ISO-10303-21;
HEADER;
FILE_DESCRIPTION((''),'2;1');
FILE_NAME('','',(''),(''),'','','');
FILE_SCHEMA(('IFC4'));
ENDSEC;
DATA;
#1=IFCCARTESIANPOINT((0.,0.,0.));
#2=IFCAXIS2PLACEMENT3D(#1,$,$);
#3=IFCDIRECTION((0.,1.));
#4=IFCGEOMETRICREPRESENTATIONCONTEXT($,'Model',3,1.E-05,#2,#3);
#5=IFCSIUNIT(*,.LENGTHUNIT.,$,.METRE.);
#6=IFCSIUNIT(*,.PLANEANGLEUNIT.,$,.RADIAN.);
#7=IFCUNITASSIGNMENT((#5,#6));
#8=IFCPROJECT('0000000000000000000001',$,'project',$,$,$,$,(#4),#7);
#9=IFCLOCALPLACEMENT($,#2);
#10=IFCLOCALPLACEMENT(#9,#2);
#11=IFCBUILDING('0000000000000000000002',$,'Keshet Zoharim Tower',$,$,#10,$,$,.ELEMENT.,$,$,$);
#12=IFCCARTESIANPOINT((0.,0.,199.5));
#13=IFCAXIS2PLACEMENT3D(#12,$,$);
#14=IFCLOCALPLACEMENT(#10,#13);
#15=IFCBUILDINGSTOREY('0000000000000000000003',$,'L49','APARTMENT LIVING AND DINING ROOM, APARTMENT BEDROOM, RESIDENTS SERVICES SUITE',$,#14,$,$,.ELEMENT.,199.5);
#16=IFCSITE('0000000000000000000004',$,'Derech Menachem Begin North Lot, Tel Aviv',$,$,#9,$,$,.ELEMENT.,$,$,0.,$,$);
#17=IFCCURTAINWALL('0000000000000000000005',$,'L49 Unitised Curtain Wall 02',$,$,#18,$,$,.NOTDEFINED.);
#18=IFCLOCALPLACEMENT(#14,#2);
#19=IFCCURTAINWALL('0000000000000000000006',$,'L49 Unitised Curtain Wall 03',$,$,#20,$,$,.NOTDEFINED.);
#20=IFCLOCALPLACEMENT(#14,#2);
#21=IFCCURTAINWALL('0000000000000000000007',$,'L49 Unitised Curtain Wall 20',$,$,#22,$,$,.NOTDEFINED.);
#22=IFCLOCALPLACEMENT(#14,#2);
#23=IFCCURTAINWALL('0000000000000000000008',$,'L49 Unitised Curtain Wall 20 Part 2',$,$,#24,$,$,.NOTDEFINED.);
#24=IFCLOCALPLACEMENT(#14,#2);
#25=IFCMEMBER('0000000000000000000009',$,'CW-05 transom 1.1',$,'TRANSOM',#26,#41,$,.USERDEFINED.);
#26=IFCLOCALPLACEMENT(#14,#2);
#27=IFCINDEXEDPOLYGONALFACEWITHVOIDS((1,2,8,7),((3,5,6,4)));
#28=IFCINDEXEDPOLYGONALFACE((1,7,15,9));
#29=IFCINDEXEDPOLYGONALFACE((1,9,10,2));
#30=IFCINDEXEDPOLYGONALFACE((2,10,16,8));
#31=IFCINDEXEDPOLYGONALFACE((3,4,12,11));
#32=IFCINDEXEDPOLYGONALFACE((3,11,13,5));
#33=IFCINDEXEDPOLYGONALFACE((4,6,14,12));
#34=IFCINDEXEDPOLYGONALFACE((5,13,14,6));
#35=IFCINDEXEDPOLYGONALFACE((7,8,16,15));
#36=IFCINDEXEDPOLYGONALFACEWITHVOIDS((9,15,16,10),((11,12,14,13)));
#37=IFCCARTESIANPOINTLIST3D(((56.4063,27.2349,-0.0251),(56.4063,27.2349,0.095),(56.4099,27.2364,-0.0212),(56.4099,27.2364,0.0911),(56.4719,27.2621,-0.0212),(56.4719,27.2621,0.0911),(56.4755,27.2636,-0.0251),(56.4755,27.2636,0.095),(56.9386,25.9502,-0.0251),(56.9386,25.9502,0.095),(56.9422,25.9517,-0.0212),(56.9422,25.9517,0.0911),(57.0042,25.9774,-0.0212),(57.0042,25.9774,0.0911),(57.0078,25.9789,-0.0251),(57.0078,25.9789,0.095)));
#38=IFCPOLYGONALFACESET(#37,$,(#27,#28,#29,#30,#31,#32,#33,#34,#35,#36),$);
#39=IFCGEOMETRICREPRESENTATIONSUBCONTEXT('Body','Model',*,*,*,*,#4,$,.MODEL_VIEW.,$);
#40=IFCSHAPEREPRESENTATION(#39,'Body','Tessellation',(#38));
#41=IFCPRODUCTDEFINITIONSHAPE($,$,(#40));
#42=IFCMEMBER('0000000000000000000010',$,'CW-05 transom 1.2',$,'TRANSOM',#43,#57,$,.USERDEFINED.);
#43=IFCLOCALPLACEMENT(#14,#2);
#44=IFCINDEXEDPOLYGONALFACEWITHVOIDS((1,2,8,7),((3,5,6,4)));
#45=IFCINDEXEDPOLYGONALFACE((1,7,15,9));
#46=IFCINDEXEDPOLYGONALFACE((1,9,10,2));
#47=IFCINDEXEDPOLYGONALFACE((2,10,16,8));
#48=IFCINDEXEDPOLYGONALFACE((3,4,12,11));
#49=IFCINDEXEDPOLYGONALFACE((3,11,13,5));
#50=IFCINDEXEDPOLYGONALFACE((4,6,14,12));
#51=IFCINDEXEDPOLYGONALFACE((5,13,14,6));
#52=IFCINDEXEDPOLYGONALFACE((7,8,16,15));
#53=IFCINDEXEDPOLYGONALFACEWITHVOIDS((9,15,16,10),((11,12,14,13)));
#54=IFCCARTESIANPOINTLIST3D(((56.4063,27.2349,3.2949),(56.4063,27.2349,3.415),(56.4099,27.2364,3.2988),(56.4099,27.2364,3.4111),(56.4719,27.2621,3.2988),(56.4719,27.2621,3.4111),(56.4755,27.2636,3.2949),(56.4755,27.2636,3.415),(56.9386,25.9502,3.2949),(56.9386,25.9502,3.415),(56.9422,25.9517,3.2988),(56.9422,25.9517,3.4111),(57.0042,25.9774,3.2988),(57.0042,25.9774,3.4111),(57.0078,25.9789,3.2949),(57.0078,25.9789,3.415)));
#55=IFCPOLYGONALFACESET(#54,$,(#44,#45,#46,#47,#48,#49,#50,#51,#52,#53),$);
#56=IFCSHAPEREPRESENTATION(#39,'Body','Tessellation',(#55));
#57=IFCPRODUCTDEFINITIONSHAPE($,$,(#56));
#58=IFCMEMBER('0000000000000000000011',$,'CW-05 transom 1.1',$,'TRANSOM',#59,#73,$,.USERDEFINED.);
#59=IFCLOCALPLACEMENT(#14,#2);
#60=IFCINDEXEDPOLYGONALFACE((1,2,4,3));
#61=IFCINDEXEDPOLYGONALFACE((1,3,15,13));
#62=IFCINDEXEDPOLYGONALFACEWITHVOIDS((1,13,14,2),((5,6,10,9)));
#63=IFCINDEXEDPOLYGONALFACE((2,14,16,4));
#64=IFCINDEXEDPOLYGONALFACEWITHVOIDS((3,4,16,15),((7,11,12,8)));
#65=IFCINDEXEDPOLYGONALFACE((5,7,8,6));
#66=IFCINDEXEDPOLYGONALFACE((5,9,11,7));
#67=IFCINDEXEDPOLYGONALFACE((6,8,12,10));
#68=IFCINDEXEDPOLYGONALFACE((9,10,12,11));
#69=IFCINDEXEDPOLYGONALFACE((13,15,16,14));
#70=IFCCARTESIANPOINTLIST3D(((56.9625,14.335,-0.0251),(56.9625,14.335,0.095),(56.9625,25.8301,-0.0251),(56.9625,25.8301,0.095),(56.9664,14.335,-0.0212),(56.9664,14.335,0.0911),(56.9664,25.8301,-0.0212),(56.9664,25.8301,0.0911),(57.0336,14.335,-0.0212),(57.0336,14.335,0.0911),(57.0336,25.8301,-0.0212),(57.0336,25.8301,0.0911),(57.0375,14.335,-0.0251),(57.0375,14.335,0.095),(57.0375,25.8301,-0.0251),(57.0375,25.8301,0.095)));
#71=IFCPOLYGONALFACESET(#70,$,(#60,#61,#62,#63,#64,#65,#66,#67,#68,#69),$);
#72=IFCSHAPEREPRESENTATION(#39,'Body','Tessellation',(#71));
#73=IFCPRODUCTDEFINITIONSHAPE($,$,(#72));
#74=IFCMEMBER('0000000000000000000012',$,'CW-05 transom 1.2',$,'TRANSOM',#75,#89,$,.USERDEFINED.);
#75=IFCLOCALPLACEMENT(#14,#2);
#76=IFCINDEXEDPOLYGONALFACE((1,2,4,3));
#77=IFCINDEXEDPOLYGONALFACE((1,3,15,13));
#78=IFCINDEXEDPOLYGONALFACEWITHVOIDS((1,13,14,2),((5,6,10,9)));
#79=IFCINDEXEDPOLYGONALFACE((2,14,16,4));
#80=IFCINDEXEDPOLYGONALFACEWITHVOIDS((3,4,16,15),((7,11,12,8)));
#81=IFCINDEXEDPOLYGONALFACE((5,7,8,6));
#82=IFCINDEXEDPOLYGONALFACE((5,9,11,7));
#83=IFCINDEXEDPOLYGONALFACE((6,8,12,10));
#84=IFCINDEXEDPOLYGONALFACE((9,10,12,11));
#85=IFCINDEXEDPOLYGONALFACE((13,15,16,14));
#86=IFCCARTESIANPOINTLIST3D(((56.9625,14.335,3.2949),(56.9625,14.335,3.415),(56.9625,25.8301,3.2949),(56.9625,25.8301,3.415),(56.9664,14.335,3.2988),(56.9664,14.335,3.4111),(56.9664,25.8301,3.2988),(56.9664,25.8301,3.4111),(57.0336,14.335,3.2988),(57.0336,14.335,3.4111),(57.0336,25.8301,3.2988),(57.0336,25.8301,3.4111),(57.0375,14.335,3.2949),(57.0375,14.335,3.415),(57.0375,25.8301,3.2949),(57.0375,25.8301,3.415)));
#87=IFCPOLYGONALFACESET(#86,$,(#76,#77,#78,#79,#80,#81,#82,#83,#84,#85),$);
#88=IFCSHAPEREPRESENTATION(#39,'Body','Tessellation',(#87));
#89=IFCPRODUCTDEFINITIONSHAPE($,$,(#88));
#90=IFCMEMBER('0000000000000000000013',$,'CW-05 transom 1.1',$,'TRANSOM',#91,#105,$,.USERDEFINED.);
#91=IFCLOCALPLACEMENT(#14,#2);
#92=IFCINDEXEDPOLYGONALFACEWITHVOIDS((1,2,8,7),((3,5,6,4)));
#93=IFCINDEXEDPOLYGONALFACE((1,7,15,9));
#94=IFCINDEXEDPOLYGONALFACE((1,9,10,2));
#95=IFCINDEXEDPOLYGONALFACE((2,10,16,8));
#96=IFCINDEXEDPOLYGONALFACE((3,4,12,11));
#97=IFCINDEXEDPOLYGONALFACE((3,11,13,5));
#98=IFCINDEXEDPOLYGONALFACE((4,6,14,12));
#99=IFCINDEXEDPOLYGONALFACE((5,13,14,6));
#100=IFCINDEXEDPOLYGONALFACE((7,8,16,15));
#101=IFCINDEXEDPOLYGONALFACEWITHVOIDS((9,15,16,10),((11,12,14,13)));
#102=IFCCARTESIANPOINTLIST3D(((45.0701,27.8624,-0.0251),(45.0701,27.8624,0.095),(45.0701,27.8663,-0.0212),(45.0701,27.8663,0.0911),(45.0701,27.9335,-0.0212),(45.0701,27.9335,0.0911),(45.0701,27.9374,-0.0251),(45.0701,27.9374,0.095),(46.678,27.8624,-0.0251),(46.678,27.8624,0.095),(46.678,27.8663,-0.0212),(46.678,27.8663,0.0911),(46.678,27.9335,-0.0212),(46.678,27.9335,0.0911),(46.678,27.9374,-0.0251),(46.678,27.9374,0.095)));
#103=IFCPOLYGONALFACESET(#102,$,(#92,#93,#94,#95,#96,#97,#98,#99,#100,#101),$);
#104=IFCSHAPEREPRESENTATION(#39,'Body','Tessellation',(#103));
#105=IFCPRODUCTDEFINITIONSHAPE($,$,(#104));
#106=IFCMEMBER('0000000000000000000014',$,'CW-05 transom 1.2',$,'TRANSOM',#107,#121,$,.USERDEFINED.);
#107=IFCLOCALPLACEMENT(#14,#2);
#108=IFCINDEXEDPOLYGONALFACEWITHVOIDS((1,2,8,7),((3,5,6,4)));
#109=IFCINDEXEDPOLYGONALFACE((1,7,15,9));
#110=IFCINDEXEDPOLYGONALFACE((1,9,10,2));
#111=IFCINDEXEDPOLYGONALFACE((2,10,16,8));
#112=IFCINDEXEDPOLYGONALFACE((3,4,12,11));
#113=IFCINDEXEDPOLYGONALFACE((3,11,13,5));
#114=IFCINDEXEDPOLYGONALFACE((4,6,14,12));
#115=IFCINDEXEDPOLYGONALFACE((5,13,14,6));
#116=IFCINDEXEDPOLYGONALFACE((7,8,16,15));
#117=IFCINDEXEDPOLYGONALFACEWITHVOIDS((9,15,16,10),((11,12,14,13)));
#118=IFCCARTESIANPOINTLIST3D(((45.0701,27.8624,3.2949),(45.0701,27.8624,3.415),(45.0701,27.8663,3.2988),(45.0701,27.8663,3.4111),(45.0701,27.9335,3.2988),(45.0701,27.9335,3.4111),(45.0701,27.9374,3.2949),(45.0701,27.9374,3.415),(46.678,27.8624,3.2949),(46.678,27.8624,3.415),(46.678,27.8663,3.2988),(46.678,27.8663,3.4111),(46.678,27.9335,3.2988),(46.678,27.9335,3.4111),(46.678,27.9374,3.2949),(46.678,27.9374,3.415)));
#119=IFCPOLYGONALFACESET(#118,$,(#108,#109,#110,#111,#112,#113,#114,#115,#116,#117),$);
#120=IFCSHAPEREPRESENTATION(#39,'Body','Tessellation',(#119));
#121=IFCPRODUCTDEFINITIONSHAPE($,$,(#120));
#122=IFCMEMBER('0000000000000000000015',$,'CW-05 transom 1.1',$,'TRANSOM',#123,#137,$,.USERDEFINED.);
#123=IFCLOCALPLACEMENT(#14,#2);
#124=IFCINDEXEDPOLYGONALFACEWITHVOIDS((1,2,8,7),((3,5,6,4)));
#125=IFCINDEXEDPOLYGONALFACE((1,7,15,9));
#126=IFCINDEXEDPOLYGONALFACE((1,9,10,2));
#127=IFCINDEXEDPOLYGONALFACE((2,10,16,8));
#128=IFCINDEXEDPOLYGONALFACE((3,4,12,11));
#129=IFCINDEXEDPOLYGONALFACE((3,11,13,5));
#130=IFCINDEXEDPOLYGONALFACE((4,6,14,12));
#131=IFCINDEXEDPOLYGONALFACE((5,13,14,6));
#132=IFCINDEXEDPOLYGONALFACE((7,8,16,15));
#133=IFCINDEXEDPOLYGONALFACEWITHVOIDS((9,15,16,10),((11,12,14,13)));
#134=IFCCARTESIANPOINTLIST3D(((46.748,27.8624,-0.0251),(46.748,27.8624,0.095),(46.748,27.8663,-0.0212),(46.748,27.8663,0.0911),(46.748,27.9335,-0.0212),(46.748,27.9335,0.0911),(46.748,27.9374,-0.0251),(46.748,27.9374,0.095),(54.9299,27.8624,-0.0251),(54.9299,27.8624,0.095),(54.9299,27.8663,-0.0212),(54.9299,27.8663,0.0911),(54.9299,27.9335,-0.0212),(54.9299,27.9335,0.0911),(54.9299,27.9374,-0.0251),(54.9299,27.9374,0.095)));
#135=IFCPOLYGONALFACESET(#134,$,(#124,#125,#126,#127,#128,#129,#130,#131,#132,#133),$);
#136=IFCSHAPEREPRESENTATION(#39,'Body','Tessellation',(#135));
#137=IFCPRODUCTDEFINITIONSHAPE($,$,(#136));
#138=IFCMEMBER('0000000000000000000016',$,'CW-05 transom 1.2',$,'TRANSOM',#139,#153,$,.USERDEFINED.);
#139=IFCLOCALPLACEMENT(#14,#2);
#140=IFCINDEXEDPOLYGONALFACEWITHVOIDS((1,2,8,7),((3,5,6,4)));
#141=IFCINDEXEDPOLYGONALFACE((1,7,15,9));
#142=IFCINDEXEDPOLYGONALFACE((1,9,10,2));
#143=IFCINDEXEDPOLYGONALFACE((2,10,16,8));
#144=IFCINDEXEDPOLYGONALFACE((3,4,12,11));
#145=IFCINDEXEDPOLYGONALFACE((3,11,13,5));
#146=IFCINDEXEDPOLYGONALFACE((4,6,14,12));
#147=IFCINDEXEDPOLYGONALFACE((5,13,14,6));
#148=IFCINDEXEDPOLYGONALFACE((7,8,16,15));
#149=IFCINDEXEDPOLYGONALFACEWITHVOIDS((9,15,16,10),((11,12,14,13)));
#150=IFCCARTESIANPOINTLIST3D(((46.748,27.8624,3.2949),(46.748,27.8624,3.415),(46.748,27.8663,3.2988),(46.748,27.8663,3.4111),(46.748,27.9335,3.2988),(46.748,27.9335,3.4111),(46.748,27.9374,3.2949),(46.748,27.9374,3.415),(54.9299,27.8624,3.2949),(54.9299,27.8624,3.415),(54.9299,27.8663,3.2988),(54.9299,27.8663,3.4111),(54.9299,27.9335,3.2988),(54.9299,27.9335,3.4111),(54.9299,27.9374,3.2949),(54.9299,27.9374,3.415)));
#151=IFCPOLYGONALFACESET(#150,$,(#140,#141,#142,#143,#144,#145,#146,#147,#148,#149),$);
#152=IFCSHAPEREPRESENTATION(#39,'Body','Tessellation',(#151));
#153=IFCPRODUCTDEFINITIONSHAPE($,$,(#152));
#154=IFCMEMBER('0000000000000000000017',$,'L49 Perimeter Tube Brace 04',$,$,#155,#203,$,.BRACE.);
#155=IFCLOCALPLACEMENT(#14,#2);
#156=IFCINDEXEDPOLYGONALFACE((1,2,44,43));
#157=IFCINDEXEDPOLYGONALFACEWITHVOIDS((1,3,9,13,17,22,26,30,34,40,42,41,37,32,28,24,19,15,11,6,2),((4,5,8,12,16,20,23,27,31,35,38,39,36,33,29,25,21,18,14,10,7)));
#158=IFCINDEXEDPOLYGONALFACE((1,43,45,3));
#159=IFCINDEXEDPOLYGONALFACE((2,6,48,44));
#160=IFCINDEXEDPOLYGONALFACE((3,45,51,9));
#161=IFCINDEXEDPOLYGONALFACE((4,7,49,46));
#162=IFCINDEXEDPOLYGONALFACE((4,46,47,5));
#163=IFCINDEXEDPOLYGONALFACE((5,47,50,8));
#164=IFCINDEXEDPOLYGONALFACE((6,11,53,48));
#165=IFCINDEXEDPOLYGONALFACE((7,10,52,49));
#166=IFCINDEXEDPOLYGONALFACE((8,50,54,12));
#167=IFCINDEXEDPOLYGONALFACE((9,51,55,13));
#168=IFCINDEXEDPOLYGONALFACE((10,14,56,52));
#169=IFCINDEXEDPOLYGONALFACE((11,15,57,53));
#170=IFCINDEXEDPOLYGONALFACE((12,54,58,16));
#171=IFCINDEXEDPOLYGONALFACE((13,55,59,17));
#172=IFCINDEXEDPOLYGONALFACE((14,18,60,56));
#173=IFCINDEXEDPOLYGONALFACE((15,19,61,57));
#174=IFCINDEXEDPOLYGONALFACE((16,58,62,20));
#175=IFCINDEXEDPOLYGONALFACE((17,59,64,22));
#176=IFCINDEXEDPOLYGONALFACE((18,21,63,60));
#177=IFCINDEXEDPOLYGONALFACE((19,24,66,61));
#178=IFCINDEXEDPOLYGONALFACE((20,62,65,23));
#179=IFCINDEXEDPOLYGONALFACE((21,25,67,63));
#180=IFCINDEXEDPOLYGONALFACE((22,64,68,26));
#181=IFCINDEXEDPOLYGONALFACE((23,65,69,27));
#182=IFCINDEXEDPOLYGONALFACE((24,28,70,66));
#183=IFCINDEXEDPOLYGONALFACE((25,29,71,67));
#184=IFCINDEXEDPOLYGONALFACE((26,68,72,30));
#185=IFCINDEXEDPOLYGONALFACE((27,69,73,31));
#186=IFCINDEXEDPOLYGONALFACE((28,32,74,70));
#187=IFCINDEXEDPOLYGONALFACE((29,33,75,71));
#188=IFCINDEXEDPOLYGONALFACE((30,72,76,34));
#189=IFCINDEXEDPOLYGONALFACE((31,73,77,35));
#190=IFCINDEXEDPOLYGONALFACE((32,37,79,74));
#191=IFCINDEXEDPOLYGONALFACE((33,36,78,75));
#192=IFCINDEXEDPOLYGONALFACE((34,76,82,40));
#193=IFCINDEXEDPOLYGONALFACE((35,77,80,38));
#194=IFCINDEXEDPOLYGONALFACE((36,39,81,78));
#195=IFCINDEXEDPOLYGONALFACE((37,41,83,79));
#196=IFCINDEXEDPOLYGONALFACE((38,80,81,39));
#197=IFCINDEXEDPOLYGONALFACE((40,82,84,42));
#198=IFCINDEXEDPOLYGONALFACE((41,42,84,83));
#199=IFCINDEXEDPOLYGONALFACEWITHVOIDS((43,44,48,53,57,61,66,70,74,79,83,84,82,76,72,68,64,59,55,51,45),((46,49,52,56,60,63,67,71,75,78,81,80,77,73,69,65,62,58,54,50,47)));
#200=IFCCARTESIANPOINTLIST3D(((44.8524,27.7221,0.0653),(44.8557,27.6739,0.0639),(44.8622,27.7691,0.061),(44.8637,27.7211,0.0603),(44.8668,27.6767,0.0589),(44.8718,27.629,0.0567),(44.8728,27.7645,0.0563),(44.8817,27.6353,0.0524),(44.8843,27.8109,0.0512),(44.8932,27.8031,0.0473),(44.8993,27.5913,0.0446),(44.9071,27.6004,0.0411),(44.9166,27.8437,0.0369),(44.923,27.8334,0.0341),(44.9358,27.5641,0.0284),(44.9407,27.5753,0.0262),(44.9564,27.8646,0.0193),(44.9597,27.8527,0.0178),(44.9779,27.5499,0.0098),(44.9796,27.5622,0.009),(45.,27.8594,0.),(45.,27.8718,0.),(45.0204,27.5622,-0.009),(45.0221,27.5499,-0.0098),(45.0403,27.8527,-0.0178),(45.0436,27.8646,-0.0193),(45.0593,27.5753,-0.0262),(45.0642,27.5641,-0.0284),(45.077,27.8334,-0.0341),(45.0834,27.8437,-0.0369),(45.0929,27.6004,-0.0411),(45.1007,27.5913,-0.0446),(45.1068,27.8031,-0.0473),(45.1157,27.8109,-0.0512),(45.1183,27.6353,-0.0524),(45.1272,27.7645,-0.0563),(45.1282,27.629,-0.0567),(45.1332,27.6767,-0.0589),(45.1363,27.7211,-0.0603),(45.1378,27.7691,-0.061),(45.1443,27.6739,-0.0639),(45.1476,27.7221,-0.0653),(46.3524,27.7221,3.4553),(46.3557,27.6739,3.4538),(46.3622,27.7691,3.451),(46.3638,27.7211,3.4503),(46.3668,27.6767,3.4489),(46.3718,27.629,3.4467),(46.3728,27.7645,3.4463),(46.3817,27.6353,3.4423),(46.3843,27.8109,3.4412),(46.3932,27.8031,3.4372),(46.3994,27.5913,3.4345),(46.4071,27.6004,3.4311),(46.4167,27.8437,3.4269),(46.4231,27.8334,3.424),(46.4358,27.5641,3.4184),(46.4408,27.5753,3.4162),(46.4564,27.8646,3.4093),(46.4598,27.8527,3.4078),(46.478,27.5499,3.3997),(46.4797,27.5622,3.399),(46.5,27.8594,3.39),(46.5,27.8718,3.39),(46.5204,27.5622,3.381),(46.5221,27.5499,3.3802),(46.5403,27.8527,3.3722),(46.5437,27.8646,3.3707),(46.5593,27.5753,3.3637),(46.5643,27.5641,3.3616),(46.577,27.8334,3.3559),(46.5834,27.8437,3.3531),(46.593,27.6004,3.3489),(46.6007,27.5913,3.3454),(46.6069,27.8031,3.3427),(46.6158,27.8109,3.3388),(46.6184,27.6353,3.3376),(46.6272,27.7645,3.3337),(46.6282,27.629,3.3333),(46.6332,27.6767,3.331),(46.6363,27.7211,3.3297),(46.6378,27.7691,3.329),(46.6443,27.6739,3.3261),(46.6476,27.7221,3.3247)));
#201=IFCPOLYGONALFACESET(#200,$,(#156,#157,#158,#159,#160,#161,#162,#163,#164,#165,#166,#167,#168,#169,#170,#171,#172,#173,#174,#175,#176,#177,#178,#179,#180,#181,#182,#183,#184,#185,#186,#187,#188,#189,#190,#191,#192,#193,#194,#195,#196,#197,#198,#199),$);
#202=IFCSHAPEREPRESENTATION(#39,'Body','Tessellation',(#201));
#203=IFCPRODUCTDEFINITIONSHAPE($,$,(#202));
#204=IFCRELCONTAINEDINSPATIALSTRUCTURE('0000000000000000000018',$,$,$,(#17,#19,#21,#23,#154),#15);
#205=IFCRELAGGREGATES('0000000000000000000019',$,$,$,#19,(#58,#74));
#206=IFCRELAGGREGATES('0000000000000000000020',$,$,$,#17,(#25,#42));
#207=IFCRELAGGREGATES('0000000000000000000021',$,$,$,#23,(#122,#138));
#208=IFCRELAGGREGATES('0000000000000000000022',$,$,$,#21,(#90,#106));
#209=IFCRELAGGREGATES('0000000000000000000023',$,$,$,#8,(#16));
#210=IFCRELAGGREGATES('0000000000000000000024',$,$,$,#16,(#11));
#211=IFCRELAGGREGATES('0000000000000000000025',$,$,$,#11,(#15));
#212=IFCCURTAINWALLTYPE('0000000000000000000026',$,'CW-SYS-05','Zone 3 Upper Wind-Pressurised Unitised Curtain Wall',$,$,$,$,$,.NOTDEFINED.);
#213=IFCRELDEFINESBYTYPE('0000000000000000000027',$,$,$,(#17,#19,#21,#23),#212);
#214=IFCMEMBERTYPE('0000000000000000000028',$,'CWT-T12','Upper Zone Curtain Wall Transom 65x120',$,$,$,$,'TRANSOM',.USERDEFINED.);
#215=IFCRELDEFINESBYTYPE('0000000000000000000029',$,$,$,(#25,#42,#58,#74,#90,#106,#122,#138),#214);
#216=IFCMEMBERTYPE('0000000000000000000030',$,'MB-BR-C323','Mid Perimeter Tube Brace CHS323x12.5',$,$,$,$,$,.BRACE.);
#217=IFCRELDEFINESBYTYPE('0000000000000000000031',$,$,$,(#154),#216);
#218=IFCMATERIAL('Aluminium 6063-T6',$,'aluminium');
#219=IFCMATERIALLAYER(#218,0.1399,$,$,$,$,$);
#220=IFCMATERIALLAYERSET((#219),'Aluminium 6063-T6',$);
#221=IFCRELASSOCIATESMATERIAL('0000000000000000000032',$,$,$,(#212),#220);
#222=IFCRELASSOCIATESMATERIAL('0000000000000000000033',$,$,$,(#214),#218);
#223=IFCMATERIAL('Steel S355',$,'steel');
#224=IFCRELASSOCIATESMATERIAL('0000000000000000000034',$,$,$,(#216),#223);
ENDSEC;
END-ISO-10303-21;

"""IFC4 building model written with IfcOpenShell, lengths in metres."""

from ifc_helpers import new_model, si_unit, direction, frame, origin, origin_2d, place, context, subcontext, project, spatial, hollow_rectangle, hollow_circle, extrude, material, layer, layer_set, material_profile, profile_set, type_object, element, aggregate, save


model = new_model("IFC4")

# Units and contexts
model_context = context("Model", 3, precision=1e-05, world=origin(), true_north=direction((0.0, 1.0)))
body_context = subcontext(model_context, "Body", "Model", "MODEL_VIEW")
ifc_project = project(units=[si_unit("LENGTHUNIT", "METRE"), si_unit("PLANEANGLEUNIT", "RADIAN")], contexts=[model_context])

# Site, building, storey
site_placement = place(None, origin())
site = spatial("IfcSite", under=ifc_project, at=site_placement, Name="Derech Menachem Begin North Lot, Tel Aviv", CompositionType="ELEMENT", RefElevation=0.0)
building_placement = place(site_placement, origin())
building = spatial("IfcBuilding", under=site, at=building_placement, Name="Keshet Zoharim Tower", CompositionType="ELEMENT")
storey_placement = place(building_placement, frame((0.0, 0.0, 199.5)))
storey = spatial("IfcBuildingStorey", under=building, at=storey_placement, Name="L49", Description="APARTMENT LIVING AND DINING ROOM, APARTMENT BEDROOM, RESIDENTS SERVICES SUITE", CompositionType="ELEMENT", Elevation=199.5)

# Shared definitions
ifc_material_1 = material(Name="Steel S355", Category="steel")

# Curtain wall
ifc_material_2 = material(Name="Aluminium 6063-T6", Category="aluminium")
ifc_layer_1 = layer(ifc_material_2, 0.1399)
ifc_layer_set_1 = layer_set([ifc_layer_1], Name="Aluminium 6063-T6")
curtain_wall_type = type_object("IfcCurtainWallType", Name="CW-SYS-05", Description="Zone 3 Upper Wind-Pressurised Unitised Curtain Wall", PredefinedType="NOTDEFINED", material=ifc_layer_set_1)
curtain_wall_1_placement = place(storey_placement, origin())
curtain_wall_1 = element("IfcCurtainWall", 1, at=curtain_wall_1_placement, inside=storey, type_object=curtain_wall_type, Name="L49 Unitised Curtain Wall 02", PredefinedType="NOTDEFINED")

# Curtain wall
curtain_wall_2_placement = place(storey_placement, origin())
curtain_wall_2 = element("IfcCurtainWall", 2, at=curtain_wall_2_placement, inside=storey, type_object=curtain_wall_type, Name="L49 Unitised Curtain Wall 03", PredefinedType="NOTDEFINED")

# Curtain wall
curtain_wall_3_placement = place(storey_placement, origin())
curtain_wall_3 = element("IfcCurtainWall", 3, at=curtain_wall_3_placement, inside=storey, type_object=curtain_wall_type, Name="L49 Unitised Curtain Wall 20", PredefinedType="NOTDEFINED")

# Curtain wall
curtain_wall_4_placement = place(storey_placement, origin())
curtain_wall_4 = element("IfcCurtainWall", 4, at=curtain_wall_4_placement, inside=storey, type_object=curtain_wall_type, Name="L49 Unitised Curtain Wall 20 Part 2", PredefinedType="NOTDEFINED")

# Members
ifc_material_profile_1 = material_profile(ifc_material_2, hollow_rectangle(XDim=0.075, YDim=0.1201, WallThickness=0.0039, at=origin_2d()), Name="TRN-75x120")
ifc_profile_set_1 = profile_set([ifc_material_profile_1], Name="Aluminium 6063-T6")
member_type_1 = type_object("IfcMemberType", Name="CWT-T12", Description="Upper Zone Curtain Wall Transom 65x120", ElementType="TRANSOM", PredefinedType="USERDEFINED", material=ifc_profile_set_1)
member_1_placement = place(storey_placement, frame((56.4409, 27.2493, 0.0349), z_axis=(0.382745, -0.923854, 0.0), x_axis=(0.923854, 0.382745, 0.0)))
member_1 = element("IfcMember", 5, at=member_1_placement, type_object=member_type_1, Name="CW-05 transom 1.1", ObjectType="TRANSOM", PredefinedType="USERDEFINED", context=body_context, shape_type="SweptSolid", body=[
    extrude(hollow_rectangle(XDim=0.075, YDim=0.1201, WallThickness=0.0039, at=origin_2d()), origin(), (0.0, 0.0, 1.0), 1.3906),
])
member_2_placement = place(storey_placement, frame((56.4409, 27.2493, 3.355), z_axis=(0.382745, -0.923854, 0.0), x_axis=(0.923854, 0.382745, 0.0)))
member_2 = element("IfcMember", 6, at=member_2_placement, type_object=member_type_1, Name="CW-05 transom 1.2", ObjectType="TRANSOM", PredefinedType="USERDEFINED", context=body_context, shape_type="SweptSolid", body=[
    extrude(hollow_rectangle(XDim=0.075, YDim=0.1201, WallThickness=0.0039, at=origin_2d()), origin(), (0.0, 0.0, 1.0), 1.3906),
])
member_3_placement = place(storey_placement, frame((57.0, 25.8301, 0.0349), z_axis=(0.0, -1.0, 0.0), x_axis=(1.0, 0.0, 0.0)))
member_3 = element("IfcMember", 7, at=member_3_placement, type_object=member_type_1, Name="CW-05 transom 1.1", ObjectType="TRANSOM", PredefinedType="USERDEFINED", context=body_context, shape_type="SweptSolid", body=[
    extrude(hollow_rectangle(XDim=0.075, YDim=0.1201, WallThickness=0.0039, at=origin_2d()), origin(), (0.0, 0.0, 1.0), 11.4951),
])
member_4_placement = place(storey_placement, frame((57.0, 25.8301, 3.355), z_axis=(0.0, -1.0, 0.0), x_axis=(1.0, 0.0, 0.0)))
member_4 = element("IfcMember", 8, at=member_4_placement, type_object=member_type_1, Name="CW-05 transom 1.2", ObjectType="TRANSOM", PredefinedType="USERDEFINED", context=body_context, shape_type="SweptSolid", body=[
    extrude(hollow_rectangle(XDim=0.075, YDim=0.1201, WallThickness=0.0039, at=origin_2d()), origin(), (0.0, 0.0, 1.0), 11.4951),
])
aggregate(curtain_wall_2, [member_3, member_4])
member_5_placement = place(storey_placement, frame((45.0701, 27.8999, 0.0349), z_axis=(1.0, 0.0, 0.0), x_axis=(0.0, 1.0, 0.0)))
member_5 = element("IfcMember", 9, at=member_5_placement, type_object=member_type_1, Name="CW-05 transom 1.1", ObjectType="TRANSOM", PredefinedType="USERDEFINED", context=body_context, shape_type="SweptSolid", body=[
    extrude(hollow_rectangle(XDim=0.075, YDim=0.1201, WallThickness=0.0039, at=origin_2d()), origin(), (0.0, 0.0, 1.0), 1.6079),
])
member_6_placement = place(storey_placement, frame((45.0701, 27.8999, 3.355), z_axis=(1.0, 0.0, 0.0), x_axis=(0.0, 1.0, 0.0)))
member_6 = element("IfcMember", 10, at=member_6_placement, type_object=member_type_1, Name="CW-05 transom 1.2", ObjectType="TRANSOM", PredefinedType="USERDEFINED", context=body_context, shape_type="SweptSolid", body=[
    extrude(hollow_rectangle(XDim=0.075, YDim=0.1201, WallThickness=0.0039, at=origin_2d()), origin(), (0.0, 0.0, 1.0), 1.6079),
])
member_7_placement = place(storey_placement, frame((46.748, 27.8999, 0.0349), z_axis=(1.0, 0.0, 0.0), x_axis=(0.0, 1.0, 0.0)))
member_7 = element("IfcMember", 11, at=member_7_placement, type_object=member_type_1, Name="CW-05 transom 1.1", ObjectType="TRANSOM", PredefinedType="USERDEFINED", context=body_context, shape_type="SweptSolid", body=[
    extrude(hollow_rectangle(XDim=0.075, YDim=0.1201, WallThickness=0.0039, at=origin_2d()), origin(), (0.0, 0.0, 1.0), 8.1819),
])
member_8_placement = place(storey_placement, frame((46.748, 27.8999, 3.355), z_axis=(1.0, 0.0, 0.0), x_axis=(0.0, 1.0, 0.0)))
member_8 = element("IfcMember", 12, at=member_8_placement, type_object=member_type_1, Name="CW-05 transom 1.2", ObjectType="TRANSOM", PredefinedType="USERDEFINED", context=body_context, shape_type="SweptSolid", body=[
    extrude(hollow_rectangle(XDim=0.075, YDim=0.1201, WallThickness=0.0039, at=origin_2d()), origin(), (0.0, 0.0, 1.0), 8.1819),
])
ifc_material_profile_2 = material_profile(ifc_material_1, hollow_circle(Radius=0.1619, WallThickness=0.0125, at=origin_2d()), Name="CHS323x12.5")
ifc_profile_set_2 = profile_set([ifc_material_profile_2], Name="Steel S355")
member_type_2 = type_object("IfcMemberType", Name="MB-BR-C323", Description="Mid Perimeter Tube Brace CHS323x12.5", PredefinedType="BRACE", material=ifc_profile_set_2)
member_9_placement = place(storey_placement, frame((45.0, 27.71, 0.0), z_axis=(0.404647, 0.0, 0.914473), x_axis=(0.0, 1.0, 0.0)))
element("IfcMember", 13, at=member_9_placement, inside=storey, type_object=member_type_2, Name="L49 Perimeter Tube Brace 04", PredefinedType="BRACE", context=body_context, shape_type="SweptSolid", body=[
    extrude(hollow_circle(Radius=0.1619, WallThickness=0.0125, at=origin_2d()), origin(), (0.0, 0.0, 1.0), 3.707),
])

aggregate(curtain_wall_1, [member_1, member_2])
aggregate(curtain_wall_4, [member_7, member_8])
aggregate(curtain_wall_3, [member_5, member_6])

save(model, "model.ifc")
